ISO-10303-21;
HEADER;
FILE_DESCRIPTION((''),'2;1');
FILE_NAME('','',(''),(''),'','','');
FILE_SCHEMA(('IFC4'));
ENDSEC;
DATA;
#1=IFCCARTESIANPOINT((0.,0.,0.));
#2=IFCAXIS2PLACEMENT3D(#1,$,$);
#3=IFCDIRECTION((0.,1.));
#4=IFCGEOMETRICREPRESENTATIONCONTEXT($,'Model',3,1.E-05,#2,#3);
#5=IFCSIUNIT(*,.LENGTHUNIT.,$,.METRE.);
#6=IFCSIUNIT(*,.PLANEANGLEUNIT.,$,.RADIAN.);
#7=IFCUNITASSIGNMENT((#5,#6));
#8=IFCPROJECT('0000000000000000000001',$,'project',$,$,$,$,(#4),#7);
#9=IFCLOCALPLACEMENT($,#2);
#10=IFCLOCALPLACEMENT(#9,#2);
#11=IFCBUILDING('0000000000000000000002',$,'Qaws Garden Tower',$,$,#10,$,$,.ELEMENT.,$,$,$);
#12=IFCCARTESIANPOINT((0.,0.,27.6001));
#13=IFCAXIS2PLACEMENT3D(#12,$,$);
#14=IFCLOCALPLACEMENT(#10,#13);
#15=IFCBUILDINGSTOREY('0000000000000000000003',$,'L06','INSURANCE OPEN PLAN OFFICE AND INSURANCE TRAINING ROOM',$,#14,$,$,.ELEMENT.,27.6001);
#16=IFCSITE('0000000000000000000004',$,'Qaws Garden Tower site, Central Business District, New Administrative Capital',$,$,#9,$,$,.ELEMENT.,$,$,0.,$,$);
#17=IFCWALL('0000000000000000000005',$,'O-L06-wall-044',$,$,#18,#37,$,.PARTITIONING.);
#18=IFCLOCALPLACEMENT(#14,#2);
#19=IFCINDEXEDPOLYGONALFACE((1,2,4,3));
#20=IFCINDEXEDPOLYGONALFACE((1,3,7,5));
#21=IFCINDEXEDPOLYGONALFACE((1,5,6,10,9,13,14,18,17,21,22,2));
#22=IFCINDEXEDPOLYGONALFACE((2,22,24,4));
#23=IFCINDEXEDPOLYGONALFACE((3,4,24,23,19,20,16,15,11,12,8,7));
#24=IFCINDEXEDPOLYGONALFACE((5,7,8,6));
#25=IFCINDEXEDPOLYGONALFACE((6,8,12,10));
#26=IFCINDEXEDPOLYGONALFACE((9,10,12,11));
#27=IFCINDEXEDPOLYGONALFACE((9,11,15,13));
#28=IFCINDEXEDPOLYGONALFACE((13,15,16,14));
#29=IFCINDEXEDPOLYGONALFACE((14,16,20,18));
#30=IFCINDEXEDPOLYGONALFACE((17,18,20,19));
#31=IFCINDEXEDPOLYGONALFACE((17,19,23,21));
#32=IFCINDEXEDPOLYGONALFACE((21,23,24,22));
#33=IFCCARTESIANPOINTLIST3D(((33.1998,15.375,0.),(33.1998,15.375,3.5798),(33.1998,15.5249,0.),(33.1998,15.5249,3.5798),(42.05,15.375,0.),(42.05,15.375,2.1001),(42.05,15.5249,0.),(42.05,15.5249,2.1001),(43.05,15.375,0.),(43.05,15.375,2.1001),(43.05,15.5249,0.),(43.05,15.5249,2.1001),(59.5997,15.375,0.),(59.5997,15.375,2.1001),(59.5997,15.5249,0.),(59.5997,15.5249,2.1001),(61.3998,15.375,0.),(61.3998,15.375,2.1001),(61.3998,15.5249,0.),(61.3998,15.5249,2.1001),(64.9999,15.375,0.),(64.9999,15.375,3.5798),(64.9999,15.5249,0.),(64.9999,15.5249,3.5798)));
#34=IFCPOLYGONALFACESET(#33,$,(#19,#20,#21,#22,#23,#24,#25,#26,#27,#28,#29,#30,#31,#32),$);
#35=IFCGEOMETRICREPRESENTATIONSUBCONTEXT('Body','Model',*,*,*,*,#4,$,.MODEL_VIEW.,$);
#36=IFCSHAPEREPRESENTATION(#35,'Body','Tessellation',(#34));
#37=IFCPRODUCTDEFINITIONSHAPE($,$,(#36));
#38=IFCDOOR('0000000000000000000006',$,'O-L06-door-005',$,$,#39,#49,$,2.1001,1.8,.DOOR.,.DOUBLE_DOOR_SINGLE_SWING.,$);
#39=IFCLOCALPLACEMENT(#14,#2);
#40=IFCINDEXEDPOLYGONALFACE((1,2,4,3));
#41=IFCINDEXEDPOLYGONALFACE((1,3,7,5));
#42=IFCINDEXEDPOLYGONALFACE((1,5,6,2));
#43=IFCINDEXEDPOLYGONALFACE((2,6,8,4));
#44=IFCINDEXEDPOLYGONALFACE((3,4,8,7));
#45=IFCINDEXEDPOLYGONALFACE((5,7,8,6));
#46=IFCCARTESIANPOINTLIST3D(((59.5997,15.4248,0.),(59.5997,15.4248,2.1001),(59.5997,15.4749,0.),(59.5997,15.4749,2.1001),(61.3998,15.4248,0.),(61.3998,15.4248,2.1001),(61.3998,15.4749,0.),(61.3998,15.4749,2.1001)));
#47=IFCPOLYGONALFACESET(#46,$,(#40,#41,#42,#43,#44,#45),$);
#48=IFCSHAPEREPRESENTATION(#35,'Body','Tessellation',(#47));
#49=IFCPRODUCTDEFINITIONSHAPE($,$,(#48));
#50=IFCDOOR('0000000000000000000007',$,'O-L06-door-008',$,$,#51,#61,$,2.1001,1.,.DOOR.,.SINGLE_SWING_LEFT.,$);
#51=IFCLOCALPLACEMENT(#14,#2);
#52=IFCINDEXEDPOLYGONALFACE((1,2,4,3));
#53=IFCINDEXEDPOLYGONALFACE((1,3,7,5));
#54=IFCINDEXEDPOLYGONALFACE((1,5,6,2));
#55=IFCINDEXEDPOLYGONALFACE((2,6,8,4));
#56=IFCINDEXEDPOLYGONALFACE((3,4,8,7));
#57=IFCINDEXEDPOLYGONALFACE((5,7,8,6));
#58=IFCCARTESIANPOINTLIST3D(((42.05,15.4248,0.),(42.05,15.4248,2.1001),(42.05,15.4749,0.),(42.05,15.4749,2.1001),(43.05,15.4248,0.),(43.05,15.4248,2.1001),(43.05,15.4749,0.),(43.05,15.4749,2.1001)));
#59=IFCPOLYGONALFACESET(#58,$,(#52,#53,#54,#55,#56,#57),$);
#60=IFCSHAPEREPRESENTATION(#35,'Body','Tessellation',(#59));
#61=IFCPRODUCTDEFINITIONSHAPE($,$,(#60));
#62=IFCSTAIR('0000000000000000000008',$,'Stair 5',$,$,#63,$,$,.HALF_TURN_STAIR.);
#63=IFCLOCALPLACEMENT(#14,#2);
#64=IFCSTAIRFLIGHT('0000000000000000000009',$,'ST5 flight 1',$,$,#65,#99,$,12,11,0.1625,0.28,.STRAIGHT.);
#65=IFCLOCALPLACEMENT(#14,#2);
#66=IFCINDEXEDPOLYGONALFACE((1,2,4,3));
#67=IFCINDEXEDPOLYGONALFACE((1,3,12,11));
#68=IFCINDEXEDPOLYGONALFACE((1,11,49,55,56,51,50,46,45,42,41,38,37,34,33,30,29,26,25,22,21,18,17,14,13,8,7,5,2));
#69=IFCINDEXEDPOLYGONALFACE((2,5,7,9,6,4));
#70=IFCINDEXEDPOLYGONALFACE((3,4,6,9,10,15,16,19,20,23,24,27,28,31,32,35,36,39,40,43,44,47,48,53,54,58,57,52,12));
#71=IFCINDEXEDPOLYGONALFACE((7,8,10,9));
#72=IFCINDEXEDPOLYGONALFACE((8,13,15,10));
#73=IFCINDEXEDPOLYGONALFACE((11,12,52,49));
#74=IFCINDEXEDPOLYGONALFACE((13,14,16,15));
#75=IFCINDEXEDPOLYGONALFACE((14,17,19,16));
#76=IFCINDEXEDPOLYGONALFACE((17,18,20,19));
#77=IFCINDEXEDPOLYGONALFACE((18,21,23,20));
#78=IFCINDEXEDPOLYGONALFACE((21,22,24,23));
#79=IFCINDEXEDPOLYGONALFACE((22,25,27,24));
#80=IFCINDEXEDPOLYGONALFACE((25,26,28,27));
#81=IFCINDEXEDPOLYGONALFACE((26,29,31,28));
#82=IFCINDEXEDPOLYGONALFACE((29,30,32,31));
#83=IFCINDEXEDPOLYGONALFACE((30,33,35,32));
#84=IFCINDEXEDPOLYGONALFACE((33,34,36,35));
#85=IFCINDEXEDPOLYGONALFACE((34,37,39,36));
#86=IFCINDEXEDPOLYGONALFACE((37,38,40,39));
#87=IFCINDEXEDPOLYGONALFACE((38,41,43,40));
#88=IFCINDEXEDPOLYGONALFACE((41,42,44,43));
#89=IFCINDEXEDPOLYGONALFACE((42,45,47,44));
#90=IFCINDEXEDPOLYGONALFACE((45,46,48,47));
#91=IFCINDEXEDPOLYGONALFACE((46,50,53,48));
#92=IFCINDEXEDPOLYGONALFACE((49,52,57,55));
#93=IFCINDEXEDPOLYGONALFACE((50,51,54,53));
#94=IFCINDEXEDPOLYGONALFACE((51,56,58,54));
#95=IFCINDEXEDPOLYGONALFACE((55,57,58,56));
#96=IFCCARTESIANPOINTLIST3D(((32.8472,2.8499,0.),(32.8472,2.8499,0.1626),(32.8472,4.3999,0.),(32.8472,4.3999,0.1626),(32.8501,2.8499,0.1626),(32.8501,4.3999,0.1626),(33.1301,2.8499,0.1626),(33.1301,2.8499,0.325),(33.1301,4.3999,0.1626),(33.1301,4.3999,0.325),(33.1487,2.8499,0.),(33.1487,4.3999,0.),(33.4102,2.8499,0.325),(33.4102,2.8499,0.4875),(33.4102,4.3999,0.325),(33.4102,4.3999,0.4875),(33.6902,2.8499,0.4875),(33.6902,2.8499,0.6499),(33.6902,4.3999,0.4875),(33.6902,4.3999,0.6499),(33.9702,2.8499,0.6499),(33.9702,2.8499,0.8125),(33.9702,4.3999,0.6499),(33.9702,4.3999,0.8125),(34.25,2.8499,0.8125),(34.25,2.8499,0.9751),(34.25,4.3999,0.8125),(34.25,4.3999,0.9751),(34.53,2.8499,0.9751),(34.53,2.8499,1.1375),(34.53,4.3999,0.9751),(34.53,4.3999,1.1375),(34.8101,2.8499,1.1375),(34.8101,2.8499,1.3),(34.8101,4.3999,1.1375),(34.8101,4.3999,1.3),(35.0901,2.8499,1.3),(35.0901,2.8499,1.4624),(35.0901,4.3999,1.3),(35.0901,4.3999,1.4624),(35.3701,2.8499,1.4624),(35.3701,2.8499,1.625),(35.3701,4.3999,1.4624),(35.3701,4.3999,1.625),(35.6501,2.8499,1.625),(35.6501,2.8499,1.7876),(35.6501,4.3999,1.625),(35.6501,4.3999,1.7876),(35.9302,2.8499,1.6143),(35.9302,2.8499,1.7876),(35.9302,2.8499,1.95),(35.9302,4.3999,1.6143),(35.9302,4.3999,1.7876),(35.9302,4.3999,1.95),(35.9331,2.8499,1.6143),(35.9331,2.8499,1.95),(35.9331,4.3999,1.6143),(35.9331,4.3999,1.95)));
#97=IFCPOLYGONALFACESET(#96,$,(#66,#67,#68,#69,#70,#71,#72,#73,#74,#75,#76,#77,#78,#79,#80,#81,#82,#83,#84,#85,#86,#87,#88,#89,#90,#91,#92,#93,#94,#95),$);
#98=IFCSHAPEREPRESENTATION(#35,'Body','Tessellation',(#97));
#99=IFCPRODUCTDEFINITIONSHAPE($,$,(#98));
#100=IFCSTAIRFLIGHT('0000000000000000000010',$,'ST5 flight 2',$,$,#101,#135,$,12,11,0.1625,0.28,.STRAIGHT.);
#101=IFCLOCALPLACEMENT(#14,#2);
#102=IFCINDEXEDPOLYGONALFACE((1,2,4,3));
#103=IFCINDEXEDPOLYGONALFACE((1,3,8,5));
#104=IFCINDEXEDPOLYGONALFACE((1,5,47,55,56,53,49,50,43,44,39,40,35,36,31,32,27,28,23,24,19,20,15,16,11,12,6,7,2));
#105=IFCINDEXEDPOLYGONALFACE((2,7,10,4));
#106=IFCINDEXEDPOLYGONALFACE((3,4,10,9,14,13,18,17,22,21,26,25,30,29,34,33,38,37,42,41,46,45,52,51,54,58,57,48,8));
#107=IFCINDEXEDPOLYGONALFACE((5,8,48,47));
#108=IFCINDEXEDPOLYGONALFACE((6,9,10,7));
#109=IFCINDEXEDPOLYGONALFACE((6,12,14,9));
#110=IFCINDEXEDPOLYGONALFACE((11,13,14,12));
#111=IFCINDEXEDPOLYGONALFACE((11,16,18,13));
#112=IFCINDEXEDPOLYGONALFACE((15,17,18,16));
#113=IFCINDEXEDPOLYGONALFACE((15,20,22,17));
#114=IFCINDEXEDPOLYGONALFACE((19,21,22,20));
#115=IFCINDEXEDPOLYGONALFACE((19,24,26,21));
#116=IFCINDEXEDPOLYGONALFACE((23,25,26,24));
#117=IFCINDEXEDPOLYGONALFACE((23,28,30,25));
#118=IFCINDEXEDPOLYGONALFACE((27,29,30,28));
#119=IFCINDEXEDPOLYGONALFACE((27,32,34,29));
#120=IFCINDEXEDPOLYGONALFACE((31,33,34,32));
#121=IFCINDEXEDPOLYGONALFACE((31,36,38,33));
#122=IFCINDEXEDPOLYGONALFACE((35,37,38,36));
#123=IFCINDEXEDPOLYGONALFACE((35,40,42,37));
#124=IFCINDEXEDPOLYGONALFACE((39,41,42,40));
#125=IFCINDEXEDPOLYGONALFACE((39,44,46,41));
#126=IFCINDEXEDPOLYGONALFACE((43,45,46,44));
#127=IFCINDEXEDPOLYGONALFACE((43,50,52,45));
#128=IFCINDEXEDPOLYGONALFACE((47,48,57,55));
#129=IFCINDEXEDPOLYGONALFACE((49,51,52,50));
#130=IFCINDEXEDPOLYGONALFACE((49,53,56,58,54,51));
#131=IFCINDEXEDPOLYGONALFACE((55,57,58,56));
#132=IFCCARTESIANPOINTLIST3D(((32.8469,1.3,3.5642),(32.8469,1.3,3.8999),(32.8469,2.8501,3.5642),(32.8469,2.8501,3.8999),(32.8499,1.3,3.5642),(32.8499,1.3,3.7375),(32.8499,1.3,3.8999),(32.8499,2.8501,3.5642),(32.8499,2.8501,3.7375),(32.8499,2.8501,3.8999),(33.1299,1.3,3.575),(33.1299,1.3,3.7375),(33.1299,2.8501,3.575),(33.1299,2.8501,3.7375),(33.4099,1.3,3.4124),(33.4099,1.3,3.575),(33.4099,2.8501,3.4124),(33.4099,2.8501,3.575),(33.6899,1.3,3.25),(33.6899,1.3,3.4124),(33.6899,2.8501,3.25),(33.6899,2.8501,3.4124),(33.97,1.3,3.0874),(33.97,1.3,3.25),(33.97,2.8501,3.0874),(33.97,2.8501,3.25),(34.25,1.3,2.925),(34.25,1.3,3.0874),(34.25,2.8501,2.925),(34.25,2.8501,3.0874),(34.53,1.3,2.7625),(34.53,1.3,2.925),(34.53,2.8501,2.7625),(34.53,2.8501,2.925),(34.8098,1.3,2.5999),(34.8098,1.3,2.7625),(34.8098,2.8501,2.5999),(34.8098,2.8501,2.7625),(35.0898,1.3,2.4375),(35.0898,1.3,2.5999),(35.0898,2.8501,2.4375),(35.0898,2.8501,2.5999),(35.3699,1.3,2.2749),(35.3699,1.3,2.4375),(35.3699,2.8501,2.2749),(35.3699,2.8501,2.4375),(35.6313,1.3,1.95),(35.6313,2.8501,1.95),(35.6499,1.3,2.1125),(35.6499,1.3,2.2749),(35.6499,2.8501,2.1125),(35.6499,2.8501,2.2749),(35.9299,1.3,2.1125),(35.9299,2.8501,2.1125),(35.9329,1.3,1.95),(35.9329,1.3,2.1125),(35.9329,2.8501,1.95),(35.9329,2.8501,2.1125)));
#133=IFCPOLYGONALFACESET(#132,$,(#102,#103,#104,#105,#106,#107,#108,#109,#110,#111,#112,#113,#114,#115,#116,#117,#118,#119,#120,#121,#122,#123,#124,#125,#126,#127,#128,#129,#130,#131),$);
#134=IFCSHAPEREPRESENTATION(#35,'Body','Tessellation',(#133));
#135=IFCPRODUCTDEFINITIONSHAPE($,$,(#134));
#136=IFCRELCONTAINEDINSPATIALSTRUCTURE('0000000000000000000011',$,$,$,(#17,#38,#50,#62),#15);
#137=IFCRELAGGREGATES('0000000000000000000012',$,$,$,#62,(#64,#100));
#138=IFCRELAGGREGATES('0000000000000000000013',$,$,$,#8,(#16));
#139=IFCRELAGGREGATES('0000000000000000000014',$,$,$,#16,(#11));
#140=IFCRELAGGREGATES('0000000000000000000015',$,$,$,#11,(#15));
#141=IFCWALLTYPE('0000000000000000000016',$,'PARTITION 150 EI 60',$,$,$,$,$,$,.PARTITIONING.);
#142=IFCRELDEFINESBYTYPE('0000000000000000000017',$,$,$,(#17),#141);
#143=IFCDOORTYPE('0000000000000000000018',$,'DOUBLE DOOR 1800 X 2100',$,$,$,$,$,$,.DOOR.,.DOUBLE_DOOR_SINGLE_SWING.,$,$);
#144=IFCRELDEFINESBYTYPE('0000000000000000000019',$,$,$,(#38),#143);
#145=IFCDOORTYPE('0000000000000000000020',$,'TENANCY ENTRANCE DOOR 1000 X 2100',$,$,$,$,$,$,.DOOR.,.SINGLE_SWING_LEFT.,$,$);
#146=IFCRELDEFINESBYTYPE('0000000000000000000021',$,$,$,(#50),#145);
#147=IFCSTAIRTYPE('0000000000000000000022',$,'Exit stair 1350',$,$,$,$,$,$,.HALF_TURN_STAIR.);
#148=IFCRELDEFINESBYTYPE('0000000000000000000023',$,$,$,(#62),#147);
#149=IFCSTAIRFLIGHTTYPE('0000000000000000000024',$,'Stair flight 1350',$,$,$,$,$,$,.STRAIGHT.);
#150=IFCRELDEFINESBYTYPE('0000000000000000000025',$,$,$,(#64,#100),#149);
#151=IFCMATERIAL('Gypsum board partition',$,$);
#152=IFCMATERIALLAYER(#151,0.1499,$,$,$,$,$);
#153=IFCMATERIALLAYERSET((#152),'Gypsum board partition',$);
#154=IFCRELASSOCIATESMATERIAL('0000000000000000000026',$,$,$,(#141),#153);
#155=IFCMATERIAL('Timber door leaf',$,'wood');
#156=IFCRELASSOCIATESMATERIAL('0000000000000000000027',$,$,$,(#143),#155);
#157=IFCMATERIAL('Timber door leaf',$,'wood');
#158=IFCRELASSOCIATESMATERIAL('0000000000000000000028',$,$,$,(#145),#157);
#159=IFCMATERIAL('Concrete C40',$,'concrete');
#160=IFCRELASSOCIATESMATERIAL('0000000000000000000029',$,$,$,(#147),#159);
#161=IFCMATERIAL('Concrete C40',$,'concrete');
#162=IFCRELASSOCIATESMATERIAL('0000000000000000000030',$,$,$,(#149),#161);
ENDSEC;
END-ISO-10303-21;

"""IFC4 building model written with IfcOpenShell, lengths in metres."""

from ifc_helpers import new_model, si_unit, direction, frame, frame_2d, origin, place, context, subcontext, project, spatial, polyline, rectangle, outline, extrude, material, layer, layer_set, type_object, element, fill, aggregate, save


model = new_model("IFC4")

# Units and contexts
model_context = context("Model", 3, precision=1e-05, world=origin(), true_north=direction((0.0, 1.0)))
body_context = subcontext(model_context, "Body", "Model", "MODEL_VIEW")
ifc_project = project(units=[si_unit("LENGTHUNIT", "METRE"), si_unit("PLANEANGLEUNIT", "RADIAN")], contexts=[model_context])

# Site, building, storey
site_placement = place(None, origin())
site = spatial("IfcSite", under=ifc_project, at=site_placement, Name="Qaws Garden Tower site, Central Business District, New Administrative Capital", CompositionType="ELEMENT", RefElevation=0.0)
building_placement = place(site_placement, origin())
building = spatial("IfcBuilding", under=site, at=building_placement, Name="Qaws Garden Tower", CompositionType="ELEMENT")
storey_placement = place(building_placement, frame((0.0, 0.0, 27.6001)))
storey = spatial("IfcBuildingStorey", under=building, at=storey_placement, Name="L06", Description="INSURANCE OPEN PLAN OFFICE AND INSURANCE TRAINING ROOM", CompositionType="ELEMENT", Elevation=27.6001)

# Shared definitions
ifc_material_1 = material(Name="Gypsum board partition")
ifc_layer_1 = layer(ifc_material_1, 0.1499)
ifc_layer_set_1 = layer_set([ifc_layer_1], Name="Gypsum board partition")
wall_type_1 = type_object("IfcWallType", Name="PARTITION 150 EI 60", PredefinedType="PARTITIONING", material=ifc_layer_set_1)

# Shared definitions
ifc_material_2 = material(Name="Timber door leaf", Category="wood")
door_type_1 = type_object("IfcDoorType", Name="DOUBLE DOOR 1800 X 2100", OperationType="DOUBLE_DOOR_SINGLE_SWING", PredefinedType="DOOR", material=ifc_material_2)

# Shared definitions
ifc_material_3 = material(Name="Timber door leaf", Category="wood")
door_type_2 = type_object("IfcDoorType", Name="TENANCY ENTRANCE DOOR 1000 X 2100", OperationType="SINGLE_SWING_LEFT", PredefinedType="DOOR", material=ifc_material_3)

# Wall, openings, doors
wall_1_placement = place(storey_placement, frame((33.2, 15.45, 0.0), z_axis=(0.0, 0.0, 1.0), x_axis=(1.0, 0.0, 0.0)))
wall_1 = element("IfcWall", 1, at=wall_1_placement, inside=storey, type_object=wall_type_1, Name="O-L06-wall-044", PredefinedType="PARTITIONING", context=body_context, shape_type="SweptSolid", body=[
    extrude(rectangle(XDim=31.8, YDim=0.1499, at=frame_2d((15.8999, 0.0))), origin(), (0.0, 0.0, 1.0), 3.5798),
])
opening_1_placement = place(wall_1_placement, frame((26.3999, 0.0, 0.0)))
opening_1 = element("IfcOpeningElement", 2, at=opening_1_placement, cuts=wall_1, PredefinedType="OPENING", context=body_context, shape_type="SweptSolid", body=[
    extrude(rectangle(XDim=1.8, YDim=2.1001, at=frame_2d((0.8999, 1.05))), frame((0.0, 0.085, 0.0), z_axis=(0.0, -1.0, 0.0), x_axis=(1.0, 0.0, 0.0)), (0.0, 0.0, 1.0), 0.1699),
])
opening_2_placement = place(wall_1_placement, frame((8.8501, 0.0, 0.0)))
opening_2 = element("IfcOpeningElement", 3, at=opening_2_placement, cuts=wall_1, PredefinedType="OPENING", context=body_context, shape_type="SweptSolid", body=[
    extrude(rectangle(XDim=1.0, YDim=2.1001, at=frame_2d((0.5, 1.05))), frame((0.0, 0.085, 0.0), z_axis=(0.0, -1.0, 0.0), x_axis=(1.0, 0.0, 0.0)), (0.0, 0.0, 1.0), 0.1699),
])
door_1_placement = place(opening_1_placement, origin())
door_1 = element("IfcDoor", 4, at=door_1_placement, inside=storey, type_object=door_type_1, Name="O-L06-door-005", OperationType="DOUBLE_DOOR_SINGLE_SWING", OverallHeight=2.1001, OverallWidth=1.8, PredefinedType="DOOR", context=body_context, shape_type="SweptSolid", body=[
    extrude(rectangle(XDim=1.8, YDim=2.1001, at=frame_2d((0.8999, 1.05))), frame((0.0, 0.0249, 0.0), z_axis=(0.0, -1.0, 0.0), x_axis=(1.0, 0.0, 0.0)), (0.0, 0.0, 1.0), 0.05),
])
fill(opening_1, door_1)
door_2_placement = place(opening_2_placement, origin())
door_2 = element("IfcDoor", 5, at=door_2_placement, inside=storey, type_object=door_type_2, Name="O-L06-door-008", OperationType="SINGLE_SWING_LEFT", OverallHeight=2.1001, OverallWidth=1.0, PredefinedType="DOOR", context=body_context, shape_type="SweptSolid", body=[
    extrude(rectangle(XDim=1.0, YDim=2.1001, at=frame_2d((0.5, 1.05))), frame((0.0, 0.0249, 0.0), z_axis=(0.0, -1.0, 0.0), x_axis=(1.0, 0.0, 0.0)), (0.0, 0.0, 1.0), 0.05),
])
fill(opening_2, door_2)

# Stair, stair flights
ifc_material_4 = material(Name="Concrete C40", Category="concrete")
stair_type = type_object("IfcStairType", Name="Exit stair 1350", PredefinedType="HALF_TURN_STAIR", material=ifc_material_4)
stair_placement = place(storey_placement, origin())
stair = element("IfcStair", 6, at=stair_placement, inside=storey, type_object=stair_type, Name="Stair 5", PredefinedType="HALF_TURN_STAIR")
ifc_material_5 = material(Name="Concrete C40", Category="concrete")
stair_flight_type = type_object("IfcStairFlightType", Name="Stair flight 1350", PredefinedType="STRAIGHT", material=ifc_material_5)
stair_flight_1_placement = place(storey_placement, frame((32.8501, 3.625, 0.0), z_axis=(0.0, 0.0, 1.0), x_axis=(1.0, 0.0, 0.0)))
stair_flight_1 = element("IfcStairFlight", 7, at=stair_flight_1_placement, type_object=stair_flight_type, Name="ST5 flight 1", NumberOfRisers=12, NumberOfTreads=11, PredefinedType="STRAIGHT", RiserHeight=0.1625, TreadLength=0.28, context=body_context, shape_type="SweptSolid", body=[
    extrude(outline(polyline([(-0.0029, 0.0), (-0.0029, 0.1626), (0.0, 0.1626), (0.28, 0.1626), (0.28, 0.325), (0.5601, 0.325), (0.5601, 0.4875), (0.8401, 0.4875), (0.8401, 0.6499), (1.1201, 0.6499), (1.1201, 0.8125), (1.3999, 0.8125), (1.3999, 0.9751), (1.6799, 0.9751), (1.6799, 1.1375), (1.96, 1.1375), (1.96, 1.3), (2.24, 1.3), (2.24, 1.4624), (2.52, 1.4624), (2.52, 1.625), (2.8, 1.625), (2.8, 1.7876), (3.0801, 1.7876), (3.0801, 1.95), (3.083, 1.95), (3.083, 1.6143), (3.0801, 1.6143), (0.2986, 0.0), (-0.0029, 0.0)])), frame((0.0, 0.7749, 0.0), z_axis=(0.0, -1.0, 0.0), x_axis=(1.0, 0.0, 0.0)), (0.0, 0.0, 1.0), 1.55),
])
stair_flight_2_placement = place(storey_placement, frame((35.9299, 2.075, 1.95), z_axis=(0.0, 0.0, 1.0), x_axis=(-1.0, 0.0, 0.0)))
stair_flight_2 = element("IfcStairFlight", 8, at=stair_flight_2_placement, type_object=stair_flight_type, Name="ST5 flight 2", NumberOfRisers=12, NumberOfTreads=11, PredefinedType="STRAIGHT", RiserHeight=0.1625, TreadLength=0.28, context=body_context, shape_type="SweptSolid", body=[
    extrude(outline(polyline([(-0.0029, 0.0), (-0.0029, 0.1626), (0.0, 0.1626), (0.28, 0.1626), (0.28, 0.325), (0.5601, 0.325), (0.5601, 0.4875), (0.8401, 0.4875), (0.8401, 0.6499), (1.1201, 0.6499), (1.1201, 0.8125), (1.3999, 0.8125), (1.3999, 0.9751), (1.6799, 0.9751), (1.6799, 1.1375), (1.96, 1.1375), (1.96, 1.3), (2.24, 1.3), (2.24, 1.4624), (2.52, 1.4624), (2.52, 1.625), (2.8, 1.625), (2.8, 1.7876), (3.0801, 1.7876), (3.0801, 1.95), (3.083, 1.95), (3.083, 1.6143), (3.0801, 1.6143), (0.2986, 0.0), (-0.0029, 0.0)])), frame((0.0, 0.7749, 0.0), z_axis=(0.0, -1.0, 0.0), x_axis=(1.0, 0.0, 0.0)), (0.0, 0.0, 1.0), 1.55),
])
aggregate(stair, [stair_flight_1, stair_flight_2])

save(model, "model.ifc")
